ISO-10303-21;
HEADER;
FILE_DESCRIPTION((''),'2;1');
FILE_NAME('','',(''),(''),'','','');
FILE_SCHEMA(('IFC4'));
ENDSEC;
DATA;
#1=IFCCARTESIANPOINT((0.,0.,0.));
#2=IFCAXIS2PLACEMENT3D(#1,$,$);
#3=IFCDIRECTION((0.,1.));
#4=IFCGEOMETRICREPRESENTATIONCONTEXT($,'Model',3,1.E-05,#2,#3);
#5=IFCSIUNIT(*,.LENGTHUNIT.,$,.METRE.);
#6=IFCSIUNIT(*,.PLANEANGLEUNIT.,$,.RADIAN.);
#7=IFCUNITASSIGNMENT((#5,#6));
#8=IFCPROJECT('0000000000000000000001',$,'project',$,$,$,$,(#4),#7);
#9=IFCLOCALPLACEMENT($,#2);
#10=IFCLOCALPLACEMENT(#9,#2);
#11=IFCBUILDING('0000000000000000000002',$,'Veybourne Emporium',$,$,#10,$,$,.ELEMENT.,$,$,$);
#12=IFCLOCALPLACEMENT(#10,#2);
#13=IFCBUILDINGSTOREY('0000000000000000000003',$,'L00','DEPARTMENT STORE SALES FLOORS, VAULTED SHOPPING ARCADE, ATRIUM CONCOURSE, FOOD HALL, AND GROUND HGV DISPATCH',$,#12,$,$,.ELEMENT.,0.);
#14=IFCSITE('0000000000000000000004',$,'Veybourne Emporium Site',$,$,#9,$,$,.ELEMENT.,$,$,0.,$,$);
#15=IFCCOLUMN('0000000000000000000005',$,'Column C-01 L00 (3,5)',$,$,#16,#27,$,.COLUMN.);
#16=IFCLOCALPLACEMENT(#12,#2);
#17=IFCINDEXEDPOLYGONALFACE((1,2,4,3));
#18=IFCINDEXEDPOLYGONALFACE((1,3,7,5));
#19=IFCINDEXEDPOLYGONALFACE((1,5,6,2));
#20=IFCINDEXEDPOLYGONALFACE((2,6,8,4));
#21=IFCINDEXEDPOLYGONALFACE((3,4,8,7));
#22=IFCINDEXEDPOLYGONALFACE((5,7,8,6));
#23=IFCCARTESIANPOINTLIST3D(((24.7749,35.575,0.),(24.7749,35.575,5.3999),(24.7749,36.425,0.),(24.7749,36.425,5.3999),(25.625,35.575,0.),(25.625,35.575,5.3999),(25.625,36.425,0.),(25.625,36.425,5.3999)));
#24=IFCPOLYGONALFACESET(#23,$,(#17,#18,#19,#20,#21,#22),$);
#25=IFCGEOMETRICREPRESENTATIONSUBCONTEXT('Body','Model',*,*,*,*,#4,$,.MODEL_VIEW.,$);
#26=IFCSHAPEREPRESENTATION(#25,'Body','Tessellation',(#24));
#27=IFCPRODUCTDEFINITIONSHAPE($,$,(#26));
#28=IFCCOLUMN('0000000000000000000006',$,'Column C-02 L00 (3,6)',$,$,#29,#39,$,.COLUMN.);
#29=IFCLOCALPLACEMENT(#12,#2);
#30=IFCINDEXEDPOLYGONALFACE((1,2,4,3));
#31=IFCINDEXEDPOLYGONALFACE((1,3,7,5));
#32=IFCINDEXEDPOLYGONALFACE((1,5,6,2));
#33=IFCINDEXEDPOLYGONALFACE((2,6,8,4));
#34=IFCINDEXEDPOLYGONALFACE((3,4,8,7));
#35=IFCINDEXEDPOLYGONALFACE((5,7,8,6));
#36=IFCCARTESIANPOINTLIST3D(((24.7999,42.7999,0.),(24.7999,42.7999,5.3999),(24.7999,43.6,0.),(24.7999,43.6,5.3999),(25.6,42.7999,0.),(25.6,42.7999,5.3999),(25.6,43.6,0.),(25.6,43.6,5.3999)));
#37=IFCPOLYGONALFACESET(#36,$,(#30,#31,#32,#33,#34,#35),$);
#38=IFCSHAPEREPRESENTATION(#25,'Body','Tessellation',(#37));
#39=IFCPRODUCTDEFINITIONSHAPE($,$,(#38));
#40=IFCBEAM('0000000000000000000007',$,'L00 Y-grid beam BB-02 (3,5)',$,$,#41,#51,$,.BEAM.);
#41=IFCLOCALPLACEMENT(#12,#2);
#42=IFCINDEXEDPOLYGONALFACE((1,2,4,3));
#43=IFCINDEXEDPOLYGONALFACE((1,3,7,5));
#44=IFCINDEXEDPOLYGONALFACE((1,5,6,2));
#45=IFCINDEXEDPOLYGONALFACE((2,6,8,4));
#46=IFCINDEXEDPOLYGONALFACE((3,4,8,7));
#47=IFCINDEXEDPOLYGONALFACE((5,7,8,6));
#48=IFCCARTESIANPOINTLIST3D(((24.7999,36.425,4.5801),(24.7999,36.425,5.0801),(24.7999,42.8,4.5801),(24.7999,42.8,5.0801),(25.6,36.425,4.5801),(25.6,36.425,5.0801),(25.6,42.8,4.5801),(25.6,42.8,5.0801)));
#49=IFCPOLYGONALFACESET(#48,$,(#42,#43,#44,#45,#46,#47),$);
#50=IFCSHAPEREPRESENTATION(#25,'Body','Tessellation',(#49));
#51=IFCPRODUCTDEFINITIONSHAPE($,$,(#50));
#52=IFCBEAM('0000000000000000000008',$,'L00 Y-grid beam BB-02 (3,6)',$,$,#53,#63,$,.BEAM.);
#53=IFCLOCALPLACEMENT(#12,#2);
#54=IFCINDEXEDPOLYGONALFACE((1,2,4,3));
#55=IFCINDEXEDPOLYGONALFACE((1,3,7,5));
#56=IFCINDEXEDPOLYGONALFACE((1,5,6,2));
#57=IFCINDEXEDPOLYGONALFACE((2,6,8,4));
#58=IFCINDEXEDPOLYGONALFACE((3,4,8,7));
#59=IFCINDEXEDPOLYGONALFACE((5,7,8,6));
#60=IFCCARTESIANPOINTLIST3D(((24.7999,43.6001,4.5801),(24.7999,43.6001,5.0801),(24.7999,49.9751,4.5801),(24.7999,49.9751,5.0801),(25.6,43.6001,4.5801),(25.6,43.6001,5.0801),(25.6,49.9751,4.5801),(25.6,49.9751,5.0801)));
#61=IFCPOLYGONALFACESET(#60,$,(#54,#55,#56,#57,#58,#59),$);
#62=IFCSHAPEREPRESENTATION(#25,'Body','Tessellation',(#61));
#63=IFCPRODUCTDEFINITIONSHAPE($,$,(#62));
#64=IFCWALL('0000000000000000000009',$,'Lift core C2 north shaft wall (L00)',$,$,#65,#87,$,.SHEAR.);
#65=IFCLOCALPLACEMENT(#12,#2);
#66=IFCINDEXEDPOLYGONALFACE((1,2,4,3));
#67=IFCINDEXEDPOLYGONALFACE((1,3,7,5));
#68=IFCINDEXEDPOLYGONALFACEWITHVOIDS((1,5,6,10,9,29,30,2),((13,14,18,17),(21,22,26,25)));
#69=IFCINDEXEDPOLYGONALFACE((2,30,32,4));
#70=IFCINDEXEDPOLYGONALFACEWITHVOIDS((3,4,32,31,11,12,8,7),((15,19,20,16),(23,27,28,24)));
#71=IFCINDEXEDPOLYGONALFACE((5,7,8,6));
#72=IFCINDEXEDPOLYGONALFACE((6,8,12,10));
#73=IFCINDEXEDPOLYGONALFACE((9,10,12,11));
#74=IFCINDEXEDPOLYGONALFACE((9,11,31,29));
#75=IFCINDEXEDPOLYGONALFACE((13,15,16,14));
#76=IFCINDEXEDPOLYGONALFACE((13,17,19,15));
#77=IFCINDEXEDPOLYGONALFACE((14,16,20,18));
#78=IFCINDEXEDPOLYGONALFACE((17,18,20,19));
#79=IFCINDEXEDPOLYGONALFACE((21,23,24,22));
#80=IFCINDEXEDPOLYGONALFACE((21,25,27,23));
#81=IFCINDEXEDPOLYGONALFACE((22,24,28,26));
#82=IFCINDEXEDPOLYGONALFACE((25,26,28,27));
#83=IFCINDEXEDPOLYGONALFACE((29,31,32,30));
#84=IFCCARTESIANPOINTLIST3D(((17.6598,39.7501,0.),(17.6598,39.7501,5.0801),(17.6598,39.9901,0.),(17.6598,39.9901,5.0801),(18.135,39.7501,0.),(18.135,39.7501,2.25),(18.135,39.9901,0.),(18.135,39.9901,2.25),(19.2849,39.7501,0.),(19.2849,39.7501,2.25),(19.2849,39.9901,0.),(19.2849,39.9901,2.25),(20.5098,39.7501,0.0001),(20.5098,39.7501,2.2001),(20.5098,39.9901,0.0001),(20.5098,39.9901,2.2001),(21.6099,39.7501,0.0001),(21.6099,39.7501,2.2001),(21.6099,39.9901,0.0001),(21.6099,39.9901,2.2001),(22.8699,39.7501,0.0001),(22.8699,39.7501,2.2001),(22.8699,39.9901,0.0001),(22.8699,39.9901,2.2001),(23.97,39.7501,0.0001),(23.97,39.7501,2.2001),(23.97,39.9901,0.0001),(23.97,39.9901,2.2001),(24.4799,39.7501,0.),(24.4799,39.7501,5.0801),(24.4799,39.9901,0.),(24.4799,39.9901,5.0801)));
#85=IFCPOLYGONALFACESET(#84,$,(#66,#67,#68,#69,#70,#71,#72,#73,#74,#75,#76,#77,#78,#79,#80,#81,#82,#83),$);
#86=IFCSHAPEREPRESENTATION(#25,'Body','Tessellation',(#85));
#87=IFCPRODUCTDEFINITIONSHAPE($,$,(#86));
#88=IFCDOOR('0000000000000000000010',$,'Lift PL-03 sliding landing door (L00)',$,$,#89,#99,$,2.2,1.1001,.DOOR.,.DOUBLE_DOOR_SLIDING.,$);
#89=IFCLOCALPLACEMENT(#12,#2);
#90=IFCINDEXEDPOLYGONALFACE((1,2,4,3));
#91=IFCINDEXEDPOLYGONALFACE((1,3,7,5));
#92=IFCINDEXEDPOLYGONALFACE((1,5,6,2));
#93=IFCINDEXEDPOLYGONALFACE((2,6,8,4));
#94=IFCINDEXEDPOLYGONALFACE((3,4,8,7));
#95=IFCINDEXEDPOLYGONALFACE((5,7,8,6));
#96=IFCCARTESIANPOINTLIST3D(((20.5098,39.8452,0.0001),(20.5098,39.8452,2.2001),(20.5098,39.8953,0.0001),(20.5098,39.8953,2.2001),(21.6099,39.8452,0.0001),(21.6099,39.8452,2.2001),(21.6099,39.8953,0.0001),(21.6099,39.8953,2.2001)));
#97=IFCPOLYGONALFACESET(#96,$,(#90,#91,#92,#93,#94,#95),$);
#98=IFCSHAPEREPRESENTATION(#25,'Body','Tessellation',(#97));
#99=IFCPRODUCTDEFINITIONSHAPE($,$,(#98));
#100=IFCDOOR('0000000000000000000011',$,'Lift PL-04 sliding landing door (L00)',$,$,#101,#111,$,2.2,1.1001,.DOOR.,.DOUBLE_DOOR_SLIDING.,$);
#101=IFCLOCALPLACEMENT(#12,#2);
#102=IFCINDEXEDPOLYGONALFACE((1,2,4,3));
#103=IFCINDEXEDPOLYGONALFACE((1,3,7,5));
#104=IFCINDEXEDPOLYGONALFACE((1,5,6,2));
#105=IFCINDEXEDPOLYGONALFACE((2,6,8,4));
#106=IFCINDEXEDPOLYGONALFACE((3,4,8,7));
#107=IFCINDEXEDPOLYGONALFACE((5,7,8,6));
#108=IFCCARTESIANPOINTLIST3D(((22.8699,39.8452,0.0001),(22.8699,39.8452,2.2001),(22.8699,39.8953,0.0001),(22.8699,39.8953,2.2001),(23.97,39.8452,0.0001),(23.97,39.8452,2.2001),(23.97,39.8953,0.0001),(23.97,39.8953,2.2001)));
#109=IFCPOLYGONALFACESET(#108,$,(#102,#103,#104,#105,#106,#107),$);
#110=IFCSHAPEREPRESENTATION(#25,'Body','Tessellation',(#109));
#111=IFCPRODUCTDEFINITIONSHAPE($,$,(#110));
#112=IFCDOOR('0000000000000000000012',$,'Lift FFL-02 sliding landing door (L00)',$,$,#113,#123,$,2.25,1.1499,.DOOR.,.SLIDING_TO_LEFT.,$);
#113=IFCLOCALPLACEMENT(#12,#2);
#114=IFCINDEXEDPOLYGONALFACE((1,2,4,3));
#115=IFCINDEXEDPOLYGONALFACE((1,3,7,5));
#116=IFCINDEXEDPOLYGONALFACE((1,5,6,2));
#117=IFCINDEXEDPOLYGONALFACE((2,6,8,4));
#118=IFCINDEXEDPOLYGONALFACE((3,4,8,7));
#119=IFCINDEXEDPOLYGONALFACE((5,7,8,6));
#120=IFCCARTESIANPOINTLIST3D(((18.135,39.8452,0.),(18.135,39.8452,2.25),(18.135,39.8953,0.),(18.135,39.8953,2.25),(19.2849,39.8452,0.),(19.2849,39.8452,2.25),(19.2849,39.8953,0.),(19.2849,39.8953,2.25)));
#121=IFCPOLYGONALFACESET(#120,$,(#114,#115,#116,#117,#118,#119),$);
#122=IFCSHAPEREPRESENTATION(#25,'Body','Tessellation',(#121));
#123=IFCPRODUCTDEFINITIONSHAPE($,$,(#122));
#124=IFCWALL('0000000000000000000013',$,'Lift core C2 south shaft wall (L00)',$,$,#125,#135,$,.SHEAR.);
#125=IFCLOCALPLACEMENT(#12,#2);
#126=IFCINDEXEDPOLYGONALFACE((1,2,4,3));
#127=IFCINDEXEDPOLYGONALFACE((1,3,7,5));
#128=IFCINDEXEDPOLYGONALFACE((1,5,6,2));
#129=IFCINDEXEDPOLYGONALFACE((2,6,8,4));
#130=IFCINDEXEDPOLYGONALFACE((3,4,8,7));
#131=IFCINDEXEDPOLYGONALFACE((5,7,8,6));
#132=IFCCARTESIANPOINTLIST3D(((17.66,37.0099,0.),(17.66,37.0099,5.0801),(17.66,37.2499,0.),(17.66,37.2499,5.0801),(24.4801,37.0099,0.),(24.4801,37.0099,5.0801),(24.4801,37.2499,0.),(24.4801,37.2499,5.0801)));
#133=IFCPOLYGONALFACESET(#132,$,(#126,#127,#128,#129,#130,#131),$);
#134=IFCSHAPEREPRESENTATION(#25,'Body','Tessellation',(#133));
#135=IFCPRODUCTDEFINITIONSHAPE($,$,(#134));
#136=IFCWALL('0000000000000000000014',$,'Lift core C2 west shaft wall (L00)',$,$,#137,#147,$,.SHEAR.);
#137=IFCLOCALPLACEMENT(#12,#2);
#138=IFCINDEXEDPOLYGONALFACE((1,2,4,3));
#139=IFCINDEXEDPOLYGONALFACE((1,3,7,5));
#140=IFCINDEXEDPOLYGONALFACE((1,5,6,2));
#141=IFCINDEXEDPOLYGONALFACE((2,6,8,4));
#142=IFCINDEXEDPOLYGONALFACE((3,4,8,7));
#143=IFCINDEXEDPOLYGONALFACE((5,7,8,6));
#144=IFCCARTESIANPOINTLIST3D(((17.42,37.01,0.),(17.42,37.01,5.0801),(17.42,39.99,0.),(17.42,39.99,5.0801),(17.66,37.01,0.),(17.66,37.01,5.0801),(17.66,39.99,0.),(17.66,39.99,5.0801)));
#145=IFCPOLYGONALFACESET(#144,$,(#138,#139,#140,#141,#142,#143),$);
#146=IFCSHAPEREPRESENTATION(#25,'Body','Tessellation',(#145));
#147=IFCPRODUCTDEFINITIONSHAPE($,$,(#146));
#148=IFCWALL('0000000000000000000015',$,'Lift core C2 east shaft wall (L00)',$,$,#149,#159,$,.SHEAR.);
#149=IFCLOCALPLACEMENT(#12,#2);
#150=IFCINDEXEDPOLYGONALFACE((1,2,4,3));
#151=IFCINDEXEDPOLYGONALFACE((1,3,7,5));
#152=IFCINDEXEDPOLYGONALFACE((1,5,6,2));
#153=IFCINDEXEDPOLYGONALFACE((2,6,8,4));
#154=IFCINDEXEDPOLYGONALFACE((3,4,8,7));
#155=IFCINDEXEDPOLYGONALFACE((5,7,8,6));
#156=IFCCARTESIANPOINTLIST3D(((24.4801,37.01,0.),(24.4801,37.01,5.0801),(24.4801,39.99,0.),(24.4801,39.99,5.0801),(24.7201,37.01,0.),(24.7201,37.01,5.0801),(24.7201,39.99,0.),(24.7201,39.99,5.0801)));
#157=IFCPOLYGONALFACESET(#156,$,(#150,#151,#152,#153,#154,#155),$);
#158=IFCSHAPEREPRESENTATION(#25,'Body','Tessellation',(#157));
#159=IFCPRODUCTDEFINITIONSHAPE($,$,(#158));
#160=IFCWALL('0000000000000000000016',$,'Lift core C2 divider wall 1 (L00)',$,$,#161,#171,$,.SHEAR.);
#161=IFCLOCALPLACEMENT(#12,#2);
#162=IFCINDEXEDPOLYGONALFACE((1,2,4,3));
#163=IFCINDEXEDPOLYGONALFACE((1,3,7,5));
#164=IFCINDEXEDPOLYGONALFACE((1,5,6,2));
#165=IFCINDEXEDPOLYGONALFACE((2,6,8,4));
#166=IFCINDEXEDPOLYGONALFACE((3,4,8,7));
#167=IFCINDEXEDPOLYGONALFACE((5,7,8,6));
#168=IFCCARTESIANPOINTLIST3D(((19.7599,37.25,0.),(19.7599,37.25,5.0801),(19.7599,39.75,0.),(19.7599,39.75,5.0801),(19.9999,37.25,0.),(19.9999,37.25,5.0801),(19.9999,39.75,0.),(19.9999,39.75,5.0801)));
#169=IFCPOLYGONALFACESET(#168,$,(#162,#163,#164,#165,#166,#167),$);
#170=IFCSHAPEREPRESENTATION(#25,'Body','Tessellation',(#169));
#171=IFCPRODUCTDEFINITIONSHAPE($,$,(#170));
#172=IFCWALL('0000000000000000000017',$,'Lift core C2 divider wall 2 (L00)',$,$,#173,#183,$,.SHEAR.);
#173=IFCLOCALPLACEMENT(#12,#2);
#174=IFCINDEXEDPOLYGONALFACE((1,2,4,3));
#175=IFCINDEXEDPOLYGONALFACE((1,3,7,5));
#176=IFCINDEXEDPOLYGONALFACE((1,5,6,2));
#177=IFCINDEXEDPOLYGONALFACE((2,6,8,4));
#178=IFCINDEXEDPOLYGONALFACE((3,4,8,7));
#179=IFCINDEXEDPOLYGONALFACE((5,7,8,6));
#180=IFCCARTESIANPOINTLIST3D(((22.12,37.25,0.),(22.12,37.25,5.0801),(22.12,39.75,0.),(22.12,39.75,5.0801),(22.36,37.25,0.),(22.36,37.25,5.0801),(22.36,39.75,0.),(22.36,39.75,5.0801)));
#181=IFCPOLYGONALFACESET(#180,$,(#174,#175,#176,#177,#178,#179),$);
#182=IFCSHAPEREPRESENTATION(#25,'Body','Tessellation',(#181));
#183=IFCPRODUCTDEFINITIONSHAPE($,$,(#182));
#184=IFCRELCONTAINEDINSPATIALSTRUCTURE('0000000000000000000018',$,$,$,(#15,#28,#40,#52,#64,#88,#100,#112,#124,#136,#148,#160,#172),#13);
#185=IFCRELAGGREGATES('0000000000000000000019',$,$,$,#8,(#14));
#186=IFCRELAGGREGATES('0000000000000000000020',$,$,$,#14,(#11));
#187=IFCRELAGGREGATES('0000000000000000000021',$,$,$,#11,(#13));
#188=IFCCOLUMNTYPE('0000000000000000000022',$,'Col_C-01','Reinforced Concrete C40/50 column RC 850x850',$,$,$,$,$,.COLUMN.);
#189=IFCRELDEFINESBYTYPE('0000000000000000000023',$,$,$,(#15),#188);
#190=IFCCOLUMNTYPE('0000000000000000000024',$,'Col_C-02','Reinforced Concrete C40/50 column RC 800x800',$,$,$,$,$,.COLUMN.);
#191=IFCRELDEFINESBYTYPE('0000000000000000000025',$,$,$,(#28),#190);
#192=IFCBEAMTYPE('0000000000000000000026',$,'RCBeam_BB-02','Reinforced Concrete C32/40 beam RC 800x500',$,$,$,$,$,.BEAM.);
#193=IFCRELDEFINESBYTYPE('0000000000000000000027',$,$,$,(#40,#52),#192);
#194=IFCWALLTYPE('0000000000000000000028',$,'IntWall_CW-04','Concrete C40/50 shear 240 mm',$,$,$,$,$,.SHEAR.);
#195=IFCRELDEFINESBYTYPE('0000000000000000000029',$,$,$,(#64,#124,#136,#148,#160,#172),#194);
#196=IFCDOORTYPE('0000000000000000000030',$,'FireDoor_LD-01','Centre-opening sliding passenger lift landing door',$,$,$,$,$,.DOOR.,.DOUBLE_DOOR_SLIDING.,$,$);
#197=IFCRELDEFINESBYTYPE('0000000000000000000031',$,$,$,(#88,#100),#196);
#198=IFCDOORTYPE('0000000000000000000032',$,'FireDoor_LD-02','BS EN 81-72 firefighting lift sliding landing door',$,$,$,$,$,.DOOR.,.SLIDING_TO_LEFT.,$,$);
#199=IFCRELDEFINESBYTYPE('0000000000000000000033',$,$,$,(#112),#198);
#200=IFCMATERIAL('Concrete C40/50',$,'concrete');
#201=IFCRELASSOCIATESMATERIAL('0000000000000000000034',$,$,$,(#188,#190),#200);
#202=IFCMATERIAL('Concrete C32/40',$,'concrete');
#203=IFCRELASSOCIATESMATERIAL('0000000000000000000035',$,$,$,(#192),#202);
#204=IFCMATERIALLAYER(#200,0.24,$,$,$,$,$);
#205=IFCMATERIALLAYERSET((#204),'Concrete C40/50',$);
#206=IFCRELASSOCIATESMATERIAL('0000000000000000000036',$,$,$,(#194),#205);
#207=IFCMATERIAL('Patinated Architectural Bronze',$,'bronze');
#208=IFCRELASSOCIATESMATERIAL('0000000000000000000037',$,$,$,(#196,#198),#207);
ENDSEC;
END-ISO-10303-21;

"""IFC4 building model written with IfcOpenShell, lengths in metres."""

from ifc_helpers import new_model, si_unit, direction, frame, frame_2d, origin, origin_2d, place, context, subcontext, project, spatial, rectangle, extrude, material, layer, layer_set, material_profile, profile_set, type_object, element, fill, save


model = new_model("IFC4")

# Units and contexts
model_context = context("Model", 3, precision=1e-05, world=origin(), true_north=direction((0.0, 1.0)))
body_context = subcontext(model_context, "Body", "Model", "MODEL_VIEW")
ifc_project = project(units=[si_unit("LENGTHUNIT", "METRE"), si_unit("PLANEANGLEUNIT", "RADIAN")], contexts=[model_context])

# Site, building, storey
site_placement = place(None, origin())
site = spatial("IfcSite", under=ifc_project, at=site_placement, Name="Veybourne Emporium Site", CompositionType="ELEMENT", RefElevation=0.0)
building_placement = place(site_placement, origin())
building = spatial("IfcBuilding", under=site, at=building_placement, Name="Veybourne Emporium", CompositionType="ELEMENT")
storey_placement = place(building_placement, origin())
storey = spatial("IfcBuildingStorey", under=building, at=storey_placement, Name="L00", Description="DEPARTMENT STORE SALES FLOORS, VAULTED SHOPPING ARCADE, ATRIUM CONCOURSE, FOOD HALL, AND GROUND HGV DISPATCH", CompositionType="ELEMENT", Elevation=0.0)

# Columns
ifc_material_1 = material(Name="Concrete C40/50", Category="concrete")
ifc_material_profile_1 = material_profile(ifc_material_1, rectangle(XDim=0.8501, YDim=0.8501, at=origin_2d()), Name="RC 850x850")
ifc_profile_set_1 = profile_set([ifc_material_profile_1], Name="Concrete C40/50")
column_type_1 = type_object("IfcColumnType", Name="Col_C-01", Description="Reinforced Concrete C40/50 column RC 850x850", PredefinedType="COLUMN", material=ifc_profile_set_1)
column_1_placement = place(storey_placement, frame((25.2, 36.0, 0.0), z_axis=(0.0, 0.0, 1.0), x_axis=(1.0, 0.0, 0.0)))
element("IfcColumn", 1, at=column_1_placement, inside=storey, type_object=column_type_1, Name="Column C-01 L00 (3,5)", PredefinedType="COLUMN", context=body_context, shape_type="SweptSolid", body=[
    extrude(rectangle(XDim=0.8501, YDim=0.8501, at=origin_2d()), origin(), (0.0, 0.0, 1.0), 5.3999),
])
ifc_material_profile_2 = material_profile(ifc_material_1, rectangle(XDim=0.8, YDim=0.8, at=origin_2d()), Name="RC 800x800")
ifc_profile_set_2 = profile_set([ifc_material_profile_2], Name="Concrete C40/50")
column_type_2 = type_object("IfcColumnType", Name="Col_C-02", Description="Reinforced Concrete C40/50 column RC 800x800", PredefinedType="COLUMN", material=ifc_profile_set_2)
column_2_placement = place(storey_placement, frame((25.2, 43.2, 0.0), z_axis=(0.0, 0.0, 1.0), x_axis=(1.0, 0.0, 0.0)))
element("IfcColumn", 2, at=column_2_placement, inside=storey, type_object=column_type_2, Name="Column C-02 L00 (3,6)", PredefinedType="COLUMN", context=body_context, shape_type="SweptSolid", body=[
    extrude(rectangle(XDim=0.8, YDim=0.8, at=origin_2d()), origin(), (0.0, 0.0, 1.0), 5.3999),
])

# Beams
ifc_material_2 = material(Name="Concrete C32/40", Category="concrete")
ifc_material_profile_3 = material_profile(ifc_material_2, rectangle(XDim=0.8, YDim=0.5, at=origin_2d()), Name="RC 800x500")
ifc_profile_set_3 = profile_set([ifc_material_profile_3], Name="Concrete C32/40")
beam_type = type_object("IfcBeamType", Name="RCBeam_BB-02", Description="Reinforced Concrete C32/40 beam RC 800x500", PredefinedType="BEAM", material=ifc_profile_set_3)
for number, where, z_axis, x_axis, name in (
    (3, (25.2, 36.425, 4.8301), (0.0, 1.0, 0.0), (-1.0, 0.0, 0.0), "L00 Y-grid beam BB-02 (3,5)"),
    (4, (25.2, 43.6001, 4.8301), (0.0, 1.0, 0.0), (-1.0, 0.0, 0.0), "L00 Y-grid beam BB-02 (3,6)"),
):
    element("IfcBeam", number, at=place(storey_placement, frame(where, z_axis=z_axis, x_axis=x_axis)), inside=storey, type_object=beam_type, Name=name, PredefinedType="BEAM", context=body_context, shape_type="SweptSolid", body=[
        extrude(rectangle(XDim=0.8, YDim=0.5, at=origin_2d()), origin(), (0.0, 0.0, 1.0), 6.375),
    ])

# Wall, openings, doors
ifc_layer_1 = layer(ifc_material_1, 0.24)
ifc_layer_set_1 = layer_set([ifc_layer_1], Name="Concrete C40/50")
wall_type_1 = type_object("IfcWallType", Name="IntWall_CW-04", Description="Concrete C40/50 shear 240 mm", PredefinedType="SHEAR", material=ifc_layer_set_1)
wall_1_placement = place(storey_placement, frame((24.48, 39.8701, 0.0), z_axis=(0.0, 0.0, 1.0), x_axis=(-1.0, 0.0, 0.0)))
wall_1 = element("IfcWall", 5, at=wall_1_placement, inside=storey, type_object=wall_type_1, Name="Lift core C2 north shaft wall (L00)", PredefinedType="SHEAR", context=body_context, shape_type="SweptSolid", body=[
    extrude(rectangle(XDim=6.8201, YDim=0.24, at=frame_2d((3.4102, 0.0))), origin(), (0.0, 0.0, 1.0), 5.0801),
])
opening_1_placement = place(wall_1_placement, frame((5.1951, 0.0, 0.0)))
opening_1 = element("IfcOpeningElement", 6, at=opening_1_placement, cuts=wall_1, PredefinedType="OPENING", context=body_context, shape_type="SweptSolid", body=[
    extrude(rectangle(XDim=1.1499, YDim=2.25, at=frame_2d((0.575, 1.125))), frame((0.0, 0.1401, 0.0), z_axis=(0.0, -1.0, 0.0), x_axis=(1.0, 0.0, 0.0)), (0.0, 0.0, 1.0), 0.28),
])
opening_2_placement = place(wall_1_placement, frame((2.8701, 0.0, 0.0)))
opening_2 = element("IfcOpeningElement", 7, at=opening_2_placement, cuts=wall_1, PredefinedType="OPENING", context=body_context, shape_type="SweptSolid", body=[
    extrude(rectangle(XDim=1.1001, YDim=2.2, at=frame_2d((0.55, 1.1001))), frame((0.0, 0.1401, 0.0), z_axis=(0.0, -1.0, 0.0), x_axis=(1.0, 0.0, 0.0)), (0.0, 0.0, 1.0), 0.28),
])
opening_3_placement = place(wall_1_placement, frame((0.51, 0.0, 0.0)))
opening_3 = element("IfcOpeningElement", 8, at=opening_3_placement, cuts=wall_1, PredefinedType="OPENING", context=body_context, shape_type="SweptSolid", body=[
    extrude(rectangle(XDim=1.1001, YDim=2.2, at=frame_2d((0.55, 1.1001))), frame((0.0, 0.1401, 0.0), z_axis=(0.0, -1.0, 0.0), x_axis=(1.0, 0.0, 0.0)), (0.0, 0.0, 1.0), 0.28),
])
ifc_material_3 = material(Name="Patinated Architectural Bronze", Category="bronze")
door_type_1 = type_object("IfcDoorType", Name="FireDoor_LD-01", Description="Centre-opening sliding passenger lift landing door", OperationType="DOUBLE_DOOR_SLIDING", PredefinedType="DOOR", material=ifc_material_3)
door_1_placement = place(opening_2_placement, origin())
door_1 = element("IfcDoor", 9, at=door_1_placement, inside=storey, type_object=door_type_1, Name="Lift PL-03 sliding landing door (L00)", OperationType="DOUBLE_DOOR_SLIDING", OverallHeight=2.2, OverallWidth=1.1001, PredefinedType="DOOR", context=body_context, shape_type="SweptSolid", body=[
    extrude(rectangle(XDim=1.1001, YDim=2.2, at=frame_2d((0.55, 1.1001))), frame((0.0, 0.0249, 0.0), z_axis=(0.0, -1.0, 0.0), x_axis=(1.0, 0.0, 0.0)), (0.0, 0.0, 1.0), 0.05),
])
fill(opening_2, door_1)
door_2_placement = place(opening_3_placement, origin())
door_2 = element("IfcDoor", 10, at=door_2_placement, inside=storey, type_object=door_type_1, Name="Lift PL-04 sliding landing door (L00)", OperationType="DOUBLE_DOOR_SLIDING", OverallHeight=2.2, OverallWidth=1.1001, PredefinedType="DOOR", context=body_context, shape_type="SweptSolid", body=[
    extrude(rectangle(XDim=1.1001, YDim=2.2, at=frame_2d((0.55, 1.1001))), frame((0.0, 0.0249, 0.0), z_axis=(0.0, -1.0, 0.0), x_axis=(1.0, 0.0, 0.0)), (0.0, 0.0, 1.0), 0.05),
])
fill(opening_3, door_2)
door_type_2 = type_object("IfcDoorType", Name="FireDoor_LD-02", Description="BS EN 81-72 firefighting lift sliding landing door", OperationType="SLIDING_TO_LEFT", PredefinedType="DOOR", material=ifc_material_3)
door_3_placement = place(opening_1_placement, origin())
door_3 = element("IfcDoor", 11, at=door_3_placement, inside=storey, type_object=door_type_2, Name="Lift FFL-02 sliding landing door (L00)", OperationType="SLIDING_TO_LEFT", OverallHeight=2.25, OverallWidth=1.1499, PredefinedType="DOOR", context=body_context, shape_type="SweptSolid", body=[
    extrude(rectangle(XDim=1.1499, YDim=2.25, at=frame_2d((0.575, 1.125))), frame((0.0, 0.0249, 0.0), z_axis=(0.0, -1.0, 0.0), x_axis=(1.0, 0.0, 0.0)), (0.0, 0.0, 1.0), 0.05),
])
fill(opening_1, door_3)

# Walls
wall_2_placement = place(storey_placement, frame((17.6599, 37.1299, 0.0), z_axis=(0.0, 0.0, 1.0), x_axis=(1.0, 0.0, 0.0)))
element("IfcWall", 12, at=wall_2_placement, inside=storey, type_object=wall_type_1, Name="Lift core C2 south shaft wall (L00)", PredefinedType="SHEAR", context=body_context, shape_type="SweptSolid", body=[
    extrude(rectangle(XDim=6.8201, YDim=0.24, at=frame_2d((3.4102, 0.0))), origin(), (0.0, 0.0, 1.0), 5.0801),
])
for number, where, z_axis, x_axis, name in (
    (13, (17.54, 39.99, 0.0), (0.0, 0.0, 1.0), (0.0, -1.0, 0.0), "Lift core C2 west shaft wall (L00)"),
    (14, (24.6001, 37.01, 0.0), (0.0, 0.0, 1.0), (0.0, 1.0, 0.0), "Lift core C2 east shaft wall (L00)"),
):
    element("IfcWall", number, at=place(storey_placement, frame(where, z_axis=z_axis, x_axis=x_axis)), inside=storey, type_object=wall_type_1, Name=name, PredefinedType="SHEAR", context=body_context, shape_type="SweptSolid", body=[
        extrude(rectangle(XDim=2.98, YDim=0.24, at=frame_2d((1.49, 0.0))), origin(), (0.0, 0.0, 1.0), 5.0801),
    ])
for number, where, z_axis, x_axis, name in (
    (15, (19.8799, 37.25, 0.0), (0.0, 0.0, 1.0), (0.0, 1.0, 0.0), "Lift core C2 divider wall 1 (L00)"),
    (16, (22.24, 37.25, 0.0), (0.0, 0.0, 1.0), (0.0, 1.0, 0.0), "Lift core C2 divider wall 2 (L00)"),
):
    element("IfcWall", number, at=place(storey_placement, frame(where, z_axis=z_axis, x_axis=x_axis)), inside=storey, type_object=wall_type_1, Name=name, PredefinedType="SHEAR", context=body_context, shape_type="SweptSolid", body=[
        extrude(rectangle(XDim=2.5, YDim=0.24, at=frame_2d((1.25, 0.0))), origin(), (0.0, 0.0, 1.0), 5.0801),
    ])

save(model, "model.ifc")
